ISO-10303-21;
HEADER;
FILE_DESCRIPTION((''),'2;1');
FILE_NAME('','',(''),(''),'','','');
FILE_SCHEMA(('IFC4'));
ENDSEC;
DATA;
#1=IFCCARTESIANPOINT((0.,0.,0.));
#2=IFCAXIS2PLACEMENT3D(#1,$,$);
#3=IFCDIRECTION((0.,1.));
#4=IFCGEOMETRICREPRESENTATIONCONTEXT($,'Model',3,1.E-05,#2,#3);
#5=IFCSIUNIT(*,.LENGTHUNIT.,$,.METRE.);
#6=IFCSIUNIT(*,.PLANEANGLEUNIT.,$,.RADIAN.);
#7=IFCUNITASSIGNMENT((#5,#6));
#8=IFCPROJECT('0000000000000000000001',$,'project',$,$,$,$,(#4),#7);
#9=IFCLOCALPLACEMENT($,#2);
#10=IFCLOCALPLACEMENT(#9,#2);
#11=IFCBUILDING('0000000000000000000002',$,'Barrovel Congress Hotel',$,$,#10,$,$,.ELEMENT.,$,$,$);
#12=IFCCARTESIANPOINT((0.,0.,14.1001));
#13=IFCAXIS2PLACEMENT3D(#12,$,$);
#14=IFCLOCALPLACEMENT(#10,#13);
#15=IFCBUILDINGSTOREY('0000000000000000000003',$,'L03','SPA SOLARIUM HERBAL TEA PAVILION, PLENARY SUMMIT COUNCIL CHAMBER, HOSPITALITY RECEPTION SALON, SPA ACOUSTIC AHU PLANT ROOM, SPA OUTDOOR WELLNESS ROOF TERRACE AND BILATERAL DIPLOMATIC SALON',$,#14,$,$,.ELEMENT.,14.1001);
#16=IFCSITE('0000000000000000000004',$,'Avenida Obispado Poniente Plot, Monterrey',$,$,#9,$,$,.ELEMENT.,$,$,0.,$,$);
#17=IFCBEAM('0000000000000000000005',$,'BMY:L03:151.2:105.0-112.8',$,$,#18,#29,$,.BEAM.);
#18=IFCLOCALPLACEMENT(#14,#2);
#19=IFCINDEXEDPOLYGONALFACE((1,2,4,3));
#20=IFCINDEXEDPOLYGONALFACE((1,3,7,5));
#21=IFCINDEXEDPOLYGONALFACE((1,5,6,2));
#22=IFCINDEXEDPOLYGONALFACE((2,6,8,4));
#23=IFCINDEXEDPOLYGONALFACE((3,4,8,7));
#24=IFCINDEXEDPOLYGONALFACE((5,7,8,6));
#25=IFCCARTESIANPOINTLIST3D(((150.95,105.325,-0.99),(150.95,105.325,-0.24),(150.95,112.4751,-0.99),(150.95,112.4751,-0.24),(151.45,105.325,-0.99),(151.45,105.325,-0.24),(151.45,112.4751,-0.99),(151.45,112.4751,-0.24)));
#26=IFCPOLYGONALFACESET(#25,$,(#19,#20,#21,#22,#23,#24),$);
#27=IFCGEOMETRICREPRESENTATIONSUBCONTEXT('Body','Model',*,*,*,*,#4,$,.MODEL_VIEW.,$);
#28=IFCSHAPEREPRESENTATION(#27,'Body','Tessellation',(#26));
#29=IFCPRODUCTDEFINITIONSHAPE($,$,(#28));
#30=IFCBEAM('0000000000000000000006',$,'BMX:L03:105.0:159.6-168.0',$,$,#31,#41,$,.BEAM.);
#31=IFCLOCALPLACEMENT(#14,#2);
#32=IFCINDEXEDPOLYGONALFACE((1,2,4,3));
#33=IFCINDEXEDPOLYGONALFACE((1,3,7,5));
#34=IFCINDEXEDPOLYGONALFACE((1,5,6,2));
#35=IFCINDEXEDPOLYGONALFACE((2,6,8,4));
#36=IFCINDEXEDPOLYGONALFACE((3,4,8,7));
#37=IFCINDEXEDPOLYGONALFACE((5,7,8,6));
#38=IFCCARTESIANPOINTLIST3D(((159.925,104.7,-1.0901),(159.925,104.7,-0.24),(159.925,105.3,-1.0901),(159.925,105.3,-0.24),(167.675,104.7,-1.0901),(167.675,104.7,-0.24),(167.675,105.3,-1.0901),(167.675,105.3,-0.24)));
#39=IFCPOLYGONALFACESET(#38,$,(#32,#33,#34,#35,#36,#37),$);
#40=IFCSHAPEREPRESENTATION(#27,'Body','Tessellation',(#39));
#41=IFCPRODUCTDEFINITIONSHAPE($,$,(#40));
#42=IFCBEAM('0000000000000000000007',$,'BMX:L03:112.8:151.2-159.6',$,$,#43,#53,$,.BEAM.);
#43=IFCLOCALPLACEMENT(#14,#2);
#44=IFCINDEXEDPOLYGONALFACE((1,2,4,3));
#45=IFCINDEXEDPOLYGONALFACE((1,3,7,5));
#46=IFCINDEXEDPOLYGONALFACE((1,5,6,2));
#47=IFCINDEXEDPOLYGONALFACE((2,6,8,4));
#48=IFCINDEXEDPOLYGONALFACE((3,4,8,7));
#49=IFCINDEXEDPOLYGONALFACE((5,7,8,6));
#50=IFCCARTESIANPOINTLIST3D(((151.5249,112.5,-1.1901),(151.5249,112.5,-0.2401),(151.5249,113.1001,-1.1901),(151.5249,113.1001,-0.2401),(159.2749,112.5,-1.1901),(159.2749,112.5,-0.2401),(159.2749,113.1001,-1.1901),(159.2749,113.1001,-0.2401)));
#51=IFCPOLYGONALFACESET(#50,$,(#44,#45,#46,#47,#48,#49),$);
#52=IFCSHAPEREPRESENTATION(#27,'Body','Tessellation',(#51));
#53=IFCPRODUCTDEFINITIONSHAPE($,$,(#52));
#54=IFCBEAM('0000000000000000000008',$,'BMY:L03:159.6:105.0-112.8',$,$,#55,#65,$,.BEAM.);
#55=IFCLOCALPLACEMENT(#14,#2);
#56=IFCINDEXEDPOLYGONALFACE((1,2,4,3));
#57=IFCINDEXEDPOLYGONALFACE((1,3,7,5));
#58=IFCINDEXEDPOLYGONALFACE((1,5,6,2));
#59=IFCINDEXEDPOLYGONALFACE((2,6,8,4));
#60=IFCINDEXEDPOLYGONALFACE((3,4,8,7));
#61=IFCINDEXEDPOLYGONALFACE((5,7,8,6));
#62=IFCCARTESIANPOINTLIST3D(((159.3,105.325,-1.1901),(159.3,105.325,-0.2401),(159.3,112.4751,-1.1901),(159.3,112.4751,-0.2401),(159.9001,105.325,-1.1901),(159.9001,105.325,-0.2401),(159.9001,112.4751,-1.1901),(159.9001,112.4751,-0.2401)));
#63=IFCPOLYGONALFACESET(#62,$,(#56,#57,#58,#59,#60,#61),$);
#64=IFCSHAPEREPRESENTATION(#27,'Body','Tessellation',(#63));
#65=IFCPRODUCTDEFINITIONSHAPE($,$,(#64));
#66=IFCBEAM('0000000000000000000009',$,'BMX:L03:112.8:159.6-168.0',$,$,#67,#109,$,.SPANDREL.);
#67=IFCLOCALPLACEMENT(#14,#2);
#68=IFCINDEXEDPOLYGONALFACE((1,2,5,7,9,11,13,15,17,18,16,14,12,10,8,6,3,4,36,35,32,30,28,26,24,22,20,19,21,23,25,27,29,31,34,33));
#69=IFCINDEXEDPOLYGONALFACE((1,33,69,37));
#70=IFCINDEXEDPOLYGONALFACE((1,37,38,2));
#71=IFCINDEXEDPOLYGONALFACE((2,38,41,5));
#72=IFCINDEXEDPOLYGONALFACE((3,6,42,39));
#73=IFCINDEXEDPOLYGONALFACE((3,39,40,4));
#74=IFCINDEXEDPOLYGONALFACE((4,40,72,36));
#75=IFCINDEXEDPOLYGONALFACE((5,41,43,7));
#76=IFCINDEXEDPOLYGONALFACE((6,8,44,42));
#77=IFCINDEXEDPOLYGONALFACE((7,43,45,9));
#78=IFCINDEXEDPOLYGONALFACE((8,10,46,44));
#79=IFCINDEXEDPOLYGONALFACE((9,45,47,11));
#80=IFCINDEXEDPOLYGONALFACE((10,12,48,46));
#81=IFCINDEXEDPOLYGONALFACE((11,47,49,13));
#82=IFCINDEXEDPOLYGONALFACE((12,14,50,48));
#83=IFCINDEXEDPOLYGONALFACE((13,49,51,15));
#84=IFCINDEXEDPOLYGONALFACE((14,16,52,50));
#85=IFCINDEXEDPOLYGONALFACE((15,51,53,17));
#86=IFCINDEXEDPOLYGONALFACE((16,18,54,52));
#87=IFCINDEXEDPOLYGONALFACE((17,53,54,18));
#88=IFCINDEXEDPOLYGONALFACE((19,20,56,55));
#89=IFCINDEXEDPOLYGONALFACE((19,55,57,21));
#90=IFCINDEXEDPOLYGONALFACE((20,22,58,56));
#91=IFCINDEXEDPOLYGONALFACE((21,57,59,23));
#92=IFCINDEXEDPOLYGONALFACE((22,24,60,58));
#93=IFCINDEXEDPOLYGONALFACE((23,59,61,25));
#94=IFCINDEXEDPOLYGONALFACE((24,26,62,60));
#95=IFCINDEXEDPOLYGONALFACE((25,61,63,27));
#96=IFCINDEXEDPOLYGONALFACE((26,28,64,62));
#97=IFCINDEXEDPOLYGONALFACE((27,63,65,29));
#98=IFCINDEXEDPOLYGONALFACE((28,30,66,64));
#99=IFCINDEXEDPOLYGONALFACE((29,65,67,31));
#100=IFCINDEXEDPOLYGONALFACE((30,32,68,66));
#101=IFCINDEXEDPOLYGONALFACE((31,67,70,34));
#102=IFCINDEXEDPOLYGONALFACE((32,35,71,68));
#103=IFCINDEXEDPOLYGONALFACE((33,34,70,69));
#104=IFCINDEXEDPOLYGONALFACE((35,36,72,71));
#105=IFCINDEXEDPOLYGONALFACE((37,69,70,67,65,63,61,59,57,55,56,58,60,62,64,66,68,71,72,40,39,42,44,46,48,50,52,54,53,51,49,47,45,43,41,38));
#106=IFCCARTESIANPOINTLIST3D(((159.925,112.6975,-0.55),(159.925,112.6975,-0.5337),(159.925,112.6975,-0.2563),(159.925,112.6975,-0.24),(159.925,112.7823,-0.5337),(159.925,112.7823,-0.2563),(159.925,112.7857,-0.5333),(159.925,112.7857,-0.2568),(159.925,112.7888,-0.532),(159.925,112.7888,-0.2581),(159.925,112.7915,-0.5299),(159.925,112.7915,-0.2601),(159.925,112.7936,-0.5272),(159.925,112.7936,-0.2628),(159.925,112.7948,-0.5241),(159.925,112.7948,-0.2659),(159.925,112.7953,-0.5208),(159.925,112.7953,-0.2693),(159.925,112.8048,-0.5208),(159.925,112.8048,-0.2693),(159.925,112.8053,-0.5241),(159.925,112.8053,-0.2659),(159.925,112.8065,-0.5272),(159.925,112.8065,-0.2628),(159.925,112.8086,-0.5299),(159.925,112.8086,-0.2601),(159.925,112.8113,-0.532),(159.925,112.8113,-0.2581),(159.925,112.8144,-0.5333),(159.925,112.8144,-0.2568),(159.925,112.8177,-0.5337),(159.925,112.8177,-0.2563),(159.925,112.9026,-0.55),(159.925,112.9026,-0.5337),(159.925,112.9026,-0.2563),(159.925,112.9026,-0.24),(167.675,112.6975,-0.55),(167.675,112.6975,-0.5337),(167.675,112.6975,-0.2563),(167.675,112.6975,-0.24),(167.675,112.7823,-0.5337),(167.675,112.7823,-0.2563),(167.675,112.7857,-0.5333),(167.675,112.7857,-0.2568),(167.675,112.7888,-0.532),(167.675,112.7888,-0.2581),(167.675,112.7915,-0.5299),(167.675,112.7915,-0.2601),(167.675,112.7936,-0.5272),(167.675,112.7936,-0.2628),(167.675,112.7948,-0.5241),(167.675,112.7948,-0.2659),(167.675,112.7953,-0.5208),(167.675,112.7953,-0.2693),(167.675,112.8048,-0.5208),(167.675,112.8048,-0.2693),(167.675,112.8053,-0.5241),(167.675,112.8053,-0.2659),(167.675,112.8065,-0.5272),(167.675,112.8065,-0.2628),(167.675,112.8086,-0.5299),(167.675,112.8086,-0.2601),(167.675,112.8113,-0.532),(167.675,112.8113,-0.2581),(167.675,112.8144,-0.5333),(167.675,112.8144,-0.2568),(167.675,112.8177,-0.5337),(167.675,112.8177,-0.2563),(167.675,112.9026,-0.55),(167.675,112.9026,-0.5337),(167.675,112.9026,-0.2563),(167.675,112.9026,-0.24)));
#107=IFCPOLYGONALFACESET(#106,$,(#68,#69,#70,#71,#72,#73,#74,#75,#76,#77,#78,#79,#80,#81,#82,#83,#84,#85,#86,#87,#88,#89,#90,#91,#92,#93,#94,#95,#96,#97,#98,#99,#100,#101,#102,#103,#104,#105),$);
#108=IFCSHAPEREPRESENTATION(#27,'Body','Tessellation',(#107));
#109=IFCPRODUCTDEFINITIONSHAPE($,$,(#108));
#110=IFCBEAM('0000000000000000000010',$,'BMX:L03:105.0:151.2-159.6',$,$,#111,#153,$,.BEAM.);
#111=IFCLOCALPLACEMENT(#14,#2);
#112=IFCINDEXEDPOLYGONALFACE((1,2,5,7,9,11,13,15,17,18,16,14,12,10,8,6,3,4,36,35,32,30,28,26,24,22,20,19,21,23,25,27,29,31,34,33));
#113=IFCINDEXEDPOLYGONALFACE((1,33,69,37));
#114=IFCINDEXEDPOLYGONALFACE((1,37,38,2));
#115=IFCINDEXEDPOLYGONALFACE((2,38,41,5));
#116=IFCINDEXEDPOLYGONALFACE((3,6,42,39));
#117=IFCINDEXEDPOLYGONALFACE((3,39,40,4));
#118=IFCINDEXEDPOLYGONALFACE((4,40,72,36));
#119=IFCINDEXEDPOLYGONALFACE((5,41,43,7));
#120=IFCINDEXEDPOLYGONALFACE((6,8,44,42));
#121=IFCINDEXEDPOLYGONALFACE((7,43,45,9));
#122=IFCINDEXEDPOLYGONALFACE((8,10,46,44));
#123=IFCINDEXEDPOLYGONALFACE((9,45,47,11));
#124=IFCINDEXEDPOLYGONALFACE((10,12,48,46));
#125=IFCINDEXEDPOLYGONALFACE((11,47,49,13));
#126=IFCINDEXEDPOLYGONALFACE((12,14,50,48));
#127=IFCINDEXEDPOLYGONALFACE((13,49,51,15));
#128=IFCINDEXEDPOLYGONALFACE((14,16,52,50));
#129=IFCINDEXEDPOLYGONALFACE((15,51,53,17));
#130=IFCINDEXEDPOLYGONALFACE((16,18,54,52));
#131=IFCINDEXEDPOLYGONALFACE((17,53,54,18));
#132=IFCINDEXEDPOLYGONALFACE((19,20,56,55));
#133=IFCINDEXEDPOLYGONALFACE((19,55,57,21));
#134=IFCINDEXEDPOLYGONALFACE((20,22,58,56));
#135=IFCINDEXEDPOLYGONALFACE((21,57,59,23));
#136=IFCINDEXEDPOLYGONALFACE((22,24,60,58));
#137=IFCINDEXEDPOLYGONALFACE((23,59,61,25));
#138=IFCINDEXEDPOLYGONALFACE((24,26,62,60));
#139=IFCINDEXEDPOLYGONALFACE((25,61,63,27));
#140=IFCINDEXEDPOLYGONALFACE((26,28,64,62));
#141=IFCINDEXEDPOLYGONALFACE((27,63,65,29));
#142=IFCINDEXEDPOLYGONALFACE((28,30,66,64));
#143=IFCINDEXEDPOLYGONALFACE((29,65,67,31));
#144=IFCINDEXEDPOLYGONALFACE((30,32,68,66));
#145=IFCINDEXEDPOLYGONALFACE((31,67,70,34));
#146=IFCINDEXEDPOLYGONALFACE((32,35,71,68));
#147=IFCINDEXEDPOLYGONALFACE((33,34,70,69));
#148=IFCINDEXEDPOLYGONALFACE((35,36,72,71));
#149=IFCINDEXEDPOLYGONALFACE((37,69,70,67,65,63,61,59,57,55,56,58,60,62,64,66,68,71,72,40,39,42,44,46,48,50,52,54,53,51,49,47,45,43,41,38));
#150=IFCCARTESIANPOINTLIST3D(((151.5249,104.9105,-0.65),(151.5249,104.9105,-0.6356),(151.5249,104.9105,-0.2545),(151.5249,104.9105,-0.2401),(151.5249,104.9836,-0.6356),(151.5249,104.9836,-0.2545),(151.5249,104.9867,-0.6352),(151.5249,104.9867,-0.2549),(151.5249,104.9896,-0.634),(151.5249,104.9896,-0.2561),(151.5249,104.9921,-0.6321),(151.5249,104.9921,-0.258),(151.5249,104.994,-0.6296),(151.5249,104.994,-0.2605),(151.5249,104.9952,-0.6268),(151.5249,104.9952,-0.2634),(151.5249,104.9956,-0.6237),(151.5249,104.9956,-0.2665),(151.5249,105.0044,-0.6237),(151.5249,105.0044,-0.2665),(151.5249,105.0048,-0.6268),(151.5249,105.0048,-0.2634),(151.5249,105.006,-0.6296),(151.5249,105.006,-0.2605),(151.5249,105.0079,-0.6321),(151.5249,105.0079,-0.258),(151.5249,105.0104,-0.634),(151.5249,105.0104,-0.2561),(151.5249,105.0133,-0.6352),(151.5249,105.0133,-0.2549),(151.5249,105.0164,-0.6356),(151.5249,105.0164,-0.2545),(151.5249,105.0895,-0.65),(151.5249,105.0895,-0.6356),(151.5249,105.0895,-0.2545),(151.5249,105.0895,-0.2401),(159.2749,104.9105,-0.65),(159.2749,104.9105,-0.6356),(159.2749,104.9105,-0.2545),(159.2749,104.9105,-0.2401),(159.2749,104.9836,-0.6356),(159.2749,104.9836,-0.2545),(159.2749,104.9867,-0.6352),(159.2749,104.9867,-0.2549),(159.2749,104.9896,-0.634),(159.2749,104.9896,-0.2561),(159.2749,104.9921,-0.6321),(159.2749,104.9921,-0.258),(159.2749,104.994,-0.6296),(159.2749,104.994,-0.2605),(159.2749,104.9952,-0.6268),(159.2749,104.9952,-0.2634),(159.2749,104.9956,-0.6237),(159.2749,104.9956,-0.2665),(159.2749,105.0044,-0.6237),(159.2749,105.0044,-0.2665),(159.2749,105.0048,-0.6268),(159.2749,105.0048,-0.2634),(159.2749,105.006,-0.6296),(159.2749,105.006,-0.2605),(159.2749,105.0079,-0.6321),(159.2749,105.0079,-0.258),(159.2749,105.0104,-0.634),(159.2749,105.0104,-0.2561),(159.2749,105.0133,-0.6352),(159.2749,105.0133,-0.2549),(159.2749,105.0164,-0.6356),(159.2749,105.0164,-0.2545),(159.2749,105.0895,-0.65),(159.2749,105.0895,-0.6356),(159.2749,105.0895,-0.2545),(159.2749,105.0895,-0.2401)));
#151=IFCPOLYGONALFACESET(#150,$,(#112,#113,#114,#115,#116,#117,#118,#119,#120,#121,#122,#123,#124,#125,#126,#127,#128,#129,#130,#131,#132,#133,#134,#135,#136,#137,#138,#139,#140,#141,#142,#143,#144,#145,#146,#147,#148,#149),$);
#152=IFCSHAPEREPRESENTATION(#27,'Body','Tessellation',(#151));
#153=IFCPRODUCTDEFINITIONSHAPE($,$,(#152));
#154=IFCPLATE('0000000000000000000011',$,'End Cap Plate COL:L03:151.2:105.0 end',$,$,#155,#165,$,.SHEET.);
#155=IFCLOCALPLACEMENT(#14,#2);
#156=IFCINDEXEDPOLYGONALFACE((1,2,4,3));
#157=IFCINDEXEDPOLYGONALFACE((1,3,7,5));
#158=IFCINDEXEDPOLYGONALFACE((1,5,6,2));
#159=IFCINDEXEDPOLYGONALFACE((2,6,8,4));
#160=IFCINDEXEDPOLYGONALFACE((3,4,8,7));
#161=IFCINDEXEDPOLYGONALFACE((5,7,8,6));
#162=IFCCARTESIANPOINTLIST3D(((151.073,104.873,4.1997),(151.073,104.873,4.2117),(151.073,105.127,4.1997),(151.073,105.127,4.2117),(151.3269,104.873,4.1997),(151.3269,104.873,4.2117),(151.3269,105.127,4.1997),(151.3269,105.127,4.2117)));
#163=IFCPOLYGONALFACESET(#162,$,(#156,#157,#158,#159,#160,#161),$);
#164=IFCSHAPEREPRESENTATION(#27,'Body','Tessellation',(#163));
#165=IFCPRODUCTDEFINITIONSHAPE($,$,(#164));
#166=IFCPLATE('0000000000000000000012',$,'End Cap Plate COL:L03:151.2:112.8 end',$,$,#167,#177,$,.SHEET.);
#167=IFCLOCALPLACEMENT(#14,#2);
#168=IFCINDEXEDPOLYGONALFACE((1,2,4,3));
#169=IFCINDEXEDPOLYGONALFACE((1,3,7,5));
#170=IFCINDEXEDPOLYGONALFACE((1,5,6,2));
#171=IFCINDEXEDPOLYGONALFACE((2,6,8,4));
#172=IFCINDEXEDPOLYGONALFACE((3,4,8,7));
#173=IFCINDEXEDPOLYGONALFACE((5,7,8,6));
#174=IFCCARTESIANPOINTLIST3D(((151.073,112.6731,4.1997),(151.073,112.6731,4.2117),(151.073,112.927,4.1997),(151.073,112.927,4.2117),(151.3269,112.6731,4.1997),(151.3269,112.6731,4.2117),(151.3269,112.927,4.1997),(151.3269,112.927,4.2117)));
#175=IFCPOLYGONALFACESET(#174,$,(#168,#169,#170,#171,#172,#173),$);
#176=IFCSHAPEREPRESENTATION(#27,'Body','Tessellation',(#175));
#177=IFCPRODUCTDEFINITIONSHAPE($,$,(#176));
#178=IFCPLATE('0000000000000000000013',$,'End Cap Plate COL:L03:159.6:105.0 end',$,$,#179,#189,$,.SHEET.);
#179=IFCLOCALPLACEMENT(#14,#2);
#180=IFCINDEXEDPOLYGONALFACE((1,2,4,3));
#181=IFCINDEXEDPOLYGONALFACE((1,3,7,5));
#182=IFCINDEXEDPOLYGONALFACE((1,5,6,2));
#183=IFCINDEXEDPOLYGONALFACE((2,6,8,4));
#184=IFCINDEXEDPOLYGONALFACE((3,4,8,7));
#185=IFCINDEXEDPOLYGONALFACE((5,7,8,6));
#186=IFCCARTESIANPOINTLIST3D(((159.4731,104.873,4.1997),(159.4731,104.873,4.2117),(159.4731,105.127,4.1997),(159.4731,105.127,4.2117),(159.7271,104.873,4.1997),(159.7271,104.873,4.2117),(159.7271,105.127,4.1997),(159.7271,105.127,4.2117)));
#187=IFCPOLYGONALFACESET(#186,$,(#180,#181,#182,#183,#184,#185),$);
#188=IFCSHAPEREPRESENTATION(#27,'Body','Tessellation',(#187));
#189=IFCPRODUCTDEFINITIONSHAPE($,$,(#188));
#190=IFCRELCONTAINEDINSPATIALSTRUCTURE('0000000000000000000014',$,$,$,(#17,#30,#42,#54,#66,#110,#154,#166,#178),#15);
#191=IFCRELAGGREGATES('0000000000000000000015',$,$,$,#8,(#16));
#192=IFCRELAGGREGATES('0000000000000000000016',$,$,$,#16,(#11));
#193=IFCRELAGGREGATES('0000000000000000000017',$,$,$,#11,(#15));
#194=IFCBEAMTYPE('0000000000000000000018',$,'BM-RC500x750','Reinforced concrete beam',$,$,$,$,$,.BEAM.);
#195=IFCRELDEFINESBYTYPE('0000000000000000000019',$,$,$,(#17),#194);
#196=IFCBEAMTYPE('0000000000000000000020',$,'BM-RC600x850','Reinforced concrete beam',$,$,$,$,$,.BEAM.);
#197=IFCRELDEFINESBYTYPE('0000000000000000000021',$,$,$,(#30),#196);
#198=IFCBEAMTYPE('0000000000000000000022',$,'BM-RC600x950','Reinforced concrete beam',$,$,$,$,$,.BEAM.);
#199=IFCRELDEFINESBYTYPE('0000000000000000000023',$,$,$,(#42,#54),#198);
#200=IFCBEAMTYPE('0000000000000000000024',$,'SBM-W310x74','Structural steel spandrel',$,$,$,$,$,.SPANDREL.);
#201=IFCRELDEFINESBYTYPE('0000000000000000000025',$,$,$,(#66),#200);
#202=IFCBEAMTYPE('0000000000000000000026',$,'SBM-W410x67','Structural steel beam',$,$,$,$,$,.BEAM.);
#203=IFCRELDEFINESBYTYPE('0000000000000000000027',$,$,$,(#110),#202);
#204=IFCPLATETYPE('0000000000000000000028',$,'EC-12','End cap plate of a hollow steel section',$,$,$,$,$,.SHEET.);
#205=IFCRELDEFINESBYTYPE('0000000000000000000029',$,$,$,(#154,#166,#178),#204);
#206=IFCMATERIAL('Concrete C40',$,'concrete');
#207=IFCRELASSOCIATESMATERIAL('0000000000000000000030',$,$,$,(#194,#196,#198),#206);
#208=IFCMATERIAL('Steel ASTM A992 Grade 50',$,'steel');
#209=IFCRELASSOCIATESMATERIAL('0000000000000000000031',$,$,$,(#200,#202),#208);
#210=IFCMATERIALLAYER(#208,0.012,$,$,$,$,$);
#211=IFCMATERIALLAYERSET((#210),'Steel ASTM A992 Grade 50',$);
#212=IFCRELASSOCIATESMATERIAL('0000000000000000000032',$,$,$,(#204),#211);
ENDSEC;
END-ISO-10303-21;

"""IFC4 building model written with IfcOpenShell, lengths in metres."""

from ifc_helpers import new_model, si_unit, direction, frame, origin, origin_2d, place, context, subcontext, project, spatial, rectangle, i_section, extrude, material, layer, layer_set, material_profile, profile_set, type_object, element, save


model = new_model("IFC4")

# Units and contexts
model_context = context("Model", 3, precision=1e-05, world=origin(), true_north=direction((0.0, 1.0)))
body_context = subcontext(model_context, "Body", "Model", "MODEL_VIEW")
ifc_project = project(units=[si_unit("LENGTHUNIT", "METRE"), si_unit("PLANEANGLEUNIT", "RADIAN")], contexts=[model_context])

# Site, building, storey
site_placement = place(None, origin())
site = spatial("IfcSite", under=ifc_project, at=site_placement, Name="Avenida Obispado Poniente Plot, Monterrey", CompositionType="ELEMENT", RefElevation=0.0)
building_placement = place(site_placement, origin())
building = spatial("IfcBuilding", under=site, at=building_placement, Name="Barrovel Congress Hotel", CompositionType="ELEMENT")
storey_placement = place(building_placement, frame((0.0, 0.0, 14.1001)))
storey = spatial("IfcBuildingStorey", under=building, at=storey_placement, Name="L03", Description="SPA SOLARIUM HERBAL TEA PAVILION, PLENARY SUMMIT COUNCIL CHAMBER, HOSPITALITY RECEPTION SALON, SPA ACOUSTIC AHU PLANT ROOM, SPA OUTDOOR WELLNESS ROOF TERRACE AND BILATERAL DIPLOMATIC SALON", CompositionType="ELEMENT", Elevation=14.1001)

# Beams
ifc_material_1 = material(Name="Concrete C40", Category="concrete")
ifc_material_profile_1 = material_profile(ifc_material_1, rectangle(XDim=0.5, YDim=0.75, at=origin_2d()), Name="RC500x750")
ifc_profile_set_1 = profile_set([ifc_material_profile_1], Name="Concrete C40")
beam_type_1 = type_object("IfcBeamType", Name="BM-RC500x750", Description="Reinforced concrete beam", PredefinedType="BEAM", material=ifc_profile_set_1)
beam_1_placement = place(storey_placement, frame((151.2, 105.325, -0.615), z_axis=(0.0, 1.0, 0.0), x_axis=(-1.0, 0.0, 0.0)))
element("IfcBeam", 1, at=beam_1_placement, inside=storey, type_object=beam_type_1, Name="BMY:L03:151.2:105.0-112.8", PredefinedType="BEAM", context=body_context, shape_type="SweptSolid", body=[
    extrude(rectangle(XDim=0.5, YDim=0.75, at=origin_2d()), origin(), (0.0, 0.0, 1.0), 7.1501),
])
ifc_material_profile_2 = material_profile(ifc_material_1, rectangle(XDim=0.6001, YDim=0.8501, at=origin_2d()), Name="RC600x850")
ifc_profile_set_2 = profile_set([ifc_material_profile_2], Name="Concrete C40")
beam_type_2 = type_object("IfcBeamType", Name="BM-RC600x850", Description="Reinforced concrete beam", PredefinedType="BEAM", material=ifc_profile_set_2)
beam_2_placement = place(storey_placement, frame((159.925, 105.0, -0.665), z_axis=(1.0, 0.0, 0.0), x_axis=(0.0, 1.0, 0.0)))
element("IfcBeam", 2, at=beam_2_placement, inside=storey, type_object=beam_type_2, Name="BMX:L03:105.0:159.6-168.0", PredefinedType="BEAM", context=body_context, shape_type="SweptSolid", body=[
    extrude(rectangle(XDim=0.6001, YDim=0.8501, at=origin_2d()), origin(), (0.0, 0.0, 1.0), 7.75),
])
ifc_material_profile_3 = material_profile(ifc_material_1, rectangle(XDim=0.6001, YDim=0.95, at=origin_2d()), Name="RC600x950")
ifc_profile_set_3 = profile_set([ifc_material_profile_3], Name="Concrete C40")
beam_type_3 = type_object("IfcBeamType", Name="BM-RC600x950", Description="Reinforced concrete beam", PredefinedType="BEAM", material=ifc_profile_set_3)
beam_3_placement = place(storey_placement, frame((151.5249, 112.8, -0.7151), z_axis=(1.0, 0.0, 0.0), x_axis=(0.0, 1.0, 0.0)))
element("IfcBeam", 3, at=beam_3_placement, inside=storey, type_object=beam_type_3, Name="BMX:L03:112.8:151.2-159.6", PredefinedType="BEAM", context=body_context, shape_type="SweptSolid", body=[
    extrude(rectangle(XDim=0.6001, YDim=0.95, at=origin_2d()), origin(), (0.0, 0.0, 1.0), 7.75),
])
beam_4_placement = place(storey_placement, frame((159.6001, 105.325, -0.7151), z_axis=(0.0, 1.0, 0.0), x_axis=(-1.0, 0.0, 0.0)))
element("IfcBeam", 4, at=beam_4_placement, inside=storey, type_object=beam_type_3, Name="BMY:L03:159.6:105.0-112.8", PredefinedType="BEAM", context=body_context, shape_type="SweptSolid", body=[
    extrude(rectangle(XDim=0.6001, YDim=0.95, at=origin_2d()), origin(), (0.0, 0.0, 1.0), 7.1501),
])
ifc_material_2 = material(Name="Steel ASTM A992 Grade 50", Category="steel")
ifc_material_profile_4 = material_profile(ifc_material_2, i_section(OverallWidth=0.2051, OverallDepth=0.3101, WebThickness=0.0095, FlangeThickness=0.0164, FilletRadius=0.0129, at=origin_2d()), Name="W310x74")
ifc_profile_set_4 = profile_set([ifc_material_profile_4], Name="Steel ASTM A992 Grade 50")
beam_type_4 = type_object("IfcBeamType", Name="SBM-W310x74", Description="Structural steel spandrel", PredefinedType="SPANDREL", material=ifc_profile_set_4)
beam_5_placement = place(storey_placement, frame((159.925, 112.8, -0.395), z_axis=(1.0, 0.0, 0.0), x_axis=(0.0, 1.0, 0.0)))
element("IfcBeam", 5, at=beam_5_placement, inside=storey, type_object=beam_type_4, Name="BMX:L03:112.8:159.6-168.0", PredefinedType="SPANDREL", context=body_context, shape_type="SweptSolid", body=[
    extrude(i_section(OverallWidth=0.2051, OverallDepth=0.3101, WebThickness=0.0095, FlangeThickness=0.0164, FilletRadius=0.0129, at=origin_2d()), origin(), (0.0, 0.0, 1.0), 7.75),
])
ifc_material_profile_5 = material_profile(ifc_material_2, i_section(OverallWidth=0.179, OverallDepth=0.4099, WebThickness=0.0088, FlangeThickness=0.0144, FilletRadius=0.012, at=origin_2d()), Name="W410x67")
ifc_profile_set_5 = profile_set([ifc_material_profile_5], Name="Steel ASTM A992 Grade 50")
beam_type_5 = type_object("IfcBeamType", Name="SBM-W410x67", Description="Structural steel beam", PredefinedType="BEAM", material=ifc_profile_set_5)
beam_6_placement = place(storey_placement, frame((151.5249, 105.0, -0.4451), z_axis=(1.0, 0.0, 0.0), x_axis=(0.0, 1.0, 0.0)))
element("IfcBeam", 6, at=beam_6_placement, inside=storey, type_object=beam_type_5, Name="BMX:L03:105.0:151.2-159.6", PredefinedType="BEAM", context=body_context, shape_type="SweptSolid", body=[
    extrude(i_section(OverallWidth=0.179, OverallDepth=0.4099, WebThickness=0.0088, FlangeThickness=0.0144, FilletRadius=0.012, at=origin_2d()), origin(), (0.0, 0.0, 1.0), 7.75),
])

# Plates
ifc_layer_1 = layer(ifc_material_2, 0.012)
ifc_layer_set_1 = layer_set([ifc_layer_1], Name="Steel ASTM A992 Grade 50")
plate_type = type_object("IfcPlateType", Name="EC-12", Description="End cap plate of a hollow steel section", PredefinedType="SHEET", material=ifc_layer_set_1)
for number, where, z_axis, x_axis, name in (
    (7, (151.2, 105.0, 4.1997), (0.0, 0.0, 1.0), (1.0, 0.0, 0.0), "End Cap Plate COL:L03:151.2:105.0 end"),
    (8, (151.2, 112.8, 4.1997), (0.0, 0.0, 1.0), (1.0, 0.0, 0.0), "End Cap Plate COL:L03:151.2:112.8 end"),
    (9, (159.6001, 105.0, 4.1997), (0.0, 0.0, 1.0), (1.0, 0.0, 0.0), "End Cap Plate COL:L03:159.6:105.0 end"),
):
    element("IfcPlate", number, at=place(storey_placement, frame(where, z_axis=z_axis, x_axis=x_axis)), inside=storey, type_object=plate_type, Name=name, PredefinedType="SHEET", context=body_context, shape_type="SweptSolid", body=[
        extrude(rectangle(XDim=0.2539, YDim=0.2539, at=origin_2d()), origin(), (0.0, 0.0, 1.0), 0.012),
    ])

save(model, "model.ifc")
